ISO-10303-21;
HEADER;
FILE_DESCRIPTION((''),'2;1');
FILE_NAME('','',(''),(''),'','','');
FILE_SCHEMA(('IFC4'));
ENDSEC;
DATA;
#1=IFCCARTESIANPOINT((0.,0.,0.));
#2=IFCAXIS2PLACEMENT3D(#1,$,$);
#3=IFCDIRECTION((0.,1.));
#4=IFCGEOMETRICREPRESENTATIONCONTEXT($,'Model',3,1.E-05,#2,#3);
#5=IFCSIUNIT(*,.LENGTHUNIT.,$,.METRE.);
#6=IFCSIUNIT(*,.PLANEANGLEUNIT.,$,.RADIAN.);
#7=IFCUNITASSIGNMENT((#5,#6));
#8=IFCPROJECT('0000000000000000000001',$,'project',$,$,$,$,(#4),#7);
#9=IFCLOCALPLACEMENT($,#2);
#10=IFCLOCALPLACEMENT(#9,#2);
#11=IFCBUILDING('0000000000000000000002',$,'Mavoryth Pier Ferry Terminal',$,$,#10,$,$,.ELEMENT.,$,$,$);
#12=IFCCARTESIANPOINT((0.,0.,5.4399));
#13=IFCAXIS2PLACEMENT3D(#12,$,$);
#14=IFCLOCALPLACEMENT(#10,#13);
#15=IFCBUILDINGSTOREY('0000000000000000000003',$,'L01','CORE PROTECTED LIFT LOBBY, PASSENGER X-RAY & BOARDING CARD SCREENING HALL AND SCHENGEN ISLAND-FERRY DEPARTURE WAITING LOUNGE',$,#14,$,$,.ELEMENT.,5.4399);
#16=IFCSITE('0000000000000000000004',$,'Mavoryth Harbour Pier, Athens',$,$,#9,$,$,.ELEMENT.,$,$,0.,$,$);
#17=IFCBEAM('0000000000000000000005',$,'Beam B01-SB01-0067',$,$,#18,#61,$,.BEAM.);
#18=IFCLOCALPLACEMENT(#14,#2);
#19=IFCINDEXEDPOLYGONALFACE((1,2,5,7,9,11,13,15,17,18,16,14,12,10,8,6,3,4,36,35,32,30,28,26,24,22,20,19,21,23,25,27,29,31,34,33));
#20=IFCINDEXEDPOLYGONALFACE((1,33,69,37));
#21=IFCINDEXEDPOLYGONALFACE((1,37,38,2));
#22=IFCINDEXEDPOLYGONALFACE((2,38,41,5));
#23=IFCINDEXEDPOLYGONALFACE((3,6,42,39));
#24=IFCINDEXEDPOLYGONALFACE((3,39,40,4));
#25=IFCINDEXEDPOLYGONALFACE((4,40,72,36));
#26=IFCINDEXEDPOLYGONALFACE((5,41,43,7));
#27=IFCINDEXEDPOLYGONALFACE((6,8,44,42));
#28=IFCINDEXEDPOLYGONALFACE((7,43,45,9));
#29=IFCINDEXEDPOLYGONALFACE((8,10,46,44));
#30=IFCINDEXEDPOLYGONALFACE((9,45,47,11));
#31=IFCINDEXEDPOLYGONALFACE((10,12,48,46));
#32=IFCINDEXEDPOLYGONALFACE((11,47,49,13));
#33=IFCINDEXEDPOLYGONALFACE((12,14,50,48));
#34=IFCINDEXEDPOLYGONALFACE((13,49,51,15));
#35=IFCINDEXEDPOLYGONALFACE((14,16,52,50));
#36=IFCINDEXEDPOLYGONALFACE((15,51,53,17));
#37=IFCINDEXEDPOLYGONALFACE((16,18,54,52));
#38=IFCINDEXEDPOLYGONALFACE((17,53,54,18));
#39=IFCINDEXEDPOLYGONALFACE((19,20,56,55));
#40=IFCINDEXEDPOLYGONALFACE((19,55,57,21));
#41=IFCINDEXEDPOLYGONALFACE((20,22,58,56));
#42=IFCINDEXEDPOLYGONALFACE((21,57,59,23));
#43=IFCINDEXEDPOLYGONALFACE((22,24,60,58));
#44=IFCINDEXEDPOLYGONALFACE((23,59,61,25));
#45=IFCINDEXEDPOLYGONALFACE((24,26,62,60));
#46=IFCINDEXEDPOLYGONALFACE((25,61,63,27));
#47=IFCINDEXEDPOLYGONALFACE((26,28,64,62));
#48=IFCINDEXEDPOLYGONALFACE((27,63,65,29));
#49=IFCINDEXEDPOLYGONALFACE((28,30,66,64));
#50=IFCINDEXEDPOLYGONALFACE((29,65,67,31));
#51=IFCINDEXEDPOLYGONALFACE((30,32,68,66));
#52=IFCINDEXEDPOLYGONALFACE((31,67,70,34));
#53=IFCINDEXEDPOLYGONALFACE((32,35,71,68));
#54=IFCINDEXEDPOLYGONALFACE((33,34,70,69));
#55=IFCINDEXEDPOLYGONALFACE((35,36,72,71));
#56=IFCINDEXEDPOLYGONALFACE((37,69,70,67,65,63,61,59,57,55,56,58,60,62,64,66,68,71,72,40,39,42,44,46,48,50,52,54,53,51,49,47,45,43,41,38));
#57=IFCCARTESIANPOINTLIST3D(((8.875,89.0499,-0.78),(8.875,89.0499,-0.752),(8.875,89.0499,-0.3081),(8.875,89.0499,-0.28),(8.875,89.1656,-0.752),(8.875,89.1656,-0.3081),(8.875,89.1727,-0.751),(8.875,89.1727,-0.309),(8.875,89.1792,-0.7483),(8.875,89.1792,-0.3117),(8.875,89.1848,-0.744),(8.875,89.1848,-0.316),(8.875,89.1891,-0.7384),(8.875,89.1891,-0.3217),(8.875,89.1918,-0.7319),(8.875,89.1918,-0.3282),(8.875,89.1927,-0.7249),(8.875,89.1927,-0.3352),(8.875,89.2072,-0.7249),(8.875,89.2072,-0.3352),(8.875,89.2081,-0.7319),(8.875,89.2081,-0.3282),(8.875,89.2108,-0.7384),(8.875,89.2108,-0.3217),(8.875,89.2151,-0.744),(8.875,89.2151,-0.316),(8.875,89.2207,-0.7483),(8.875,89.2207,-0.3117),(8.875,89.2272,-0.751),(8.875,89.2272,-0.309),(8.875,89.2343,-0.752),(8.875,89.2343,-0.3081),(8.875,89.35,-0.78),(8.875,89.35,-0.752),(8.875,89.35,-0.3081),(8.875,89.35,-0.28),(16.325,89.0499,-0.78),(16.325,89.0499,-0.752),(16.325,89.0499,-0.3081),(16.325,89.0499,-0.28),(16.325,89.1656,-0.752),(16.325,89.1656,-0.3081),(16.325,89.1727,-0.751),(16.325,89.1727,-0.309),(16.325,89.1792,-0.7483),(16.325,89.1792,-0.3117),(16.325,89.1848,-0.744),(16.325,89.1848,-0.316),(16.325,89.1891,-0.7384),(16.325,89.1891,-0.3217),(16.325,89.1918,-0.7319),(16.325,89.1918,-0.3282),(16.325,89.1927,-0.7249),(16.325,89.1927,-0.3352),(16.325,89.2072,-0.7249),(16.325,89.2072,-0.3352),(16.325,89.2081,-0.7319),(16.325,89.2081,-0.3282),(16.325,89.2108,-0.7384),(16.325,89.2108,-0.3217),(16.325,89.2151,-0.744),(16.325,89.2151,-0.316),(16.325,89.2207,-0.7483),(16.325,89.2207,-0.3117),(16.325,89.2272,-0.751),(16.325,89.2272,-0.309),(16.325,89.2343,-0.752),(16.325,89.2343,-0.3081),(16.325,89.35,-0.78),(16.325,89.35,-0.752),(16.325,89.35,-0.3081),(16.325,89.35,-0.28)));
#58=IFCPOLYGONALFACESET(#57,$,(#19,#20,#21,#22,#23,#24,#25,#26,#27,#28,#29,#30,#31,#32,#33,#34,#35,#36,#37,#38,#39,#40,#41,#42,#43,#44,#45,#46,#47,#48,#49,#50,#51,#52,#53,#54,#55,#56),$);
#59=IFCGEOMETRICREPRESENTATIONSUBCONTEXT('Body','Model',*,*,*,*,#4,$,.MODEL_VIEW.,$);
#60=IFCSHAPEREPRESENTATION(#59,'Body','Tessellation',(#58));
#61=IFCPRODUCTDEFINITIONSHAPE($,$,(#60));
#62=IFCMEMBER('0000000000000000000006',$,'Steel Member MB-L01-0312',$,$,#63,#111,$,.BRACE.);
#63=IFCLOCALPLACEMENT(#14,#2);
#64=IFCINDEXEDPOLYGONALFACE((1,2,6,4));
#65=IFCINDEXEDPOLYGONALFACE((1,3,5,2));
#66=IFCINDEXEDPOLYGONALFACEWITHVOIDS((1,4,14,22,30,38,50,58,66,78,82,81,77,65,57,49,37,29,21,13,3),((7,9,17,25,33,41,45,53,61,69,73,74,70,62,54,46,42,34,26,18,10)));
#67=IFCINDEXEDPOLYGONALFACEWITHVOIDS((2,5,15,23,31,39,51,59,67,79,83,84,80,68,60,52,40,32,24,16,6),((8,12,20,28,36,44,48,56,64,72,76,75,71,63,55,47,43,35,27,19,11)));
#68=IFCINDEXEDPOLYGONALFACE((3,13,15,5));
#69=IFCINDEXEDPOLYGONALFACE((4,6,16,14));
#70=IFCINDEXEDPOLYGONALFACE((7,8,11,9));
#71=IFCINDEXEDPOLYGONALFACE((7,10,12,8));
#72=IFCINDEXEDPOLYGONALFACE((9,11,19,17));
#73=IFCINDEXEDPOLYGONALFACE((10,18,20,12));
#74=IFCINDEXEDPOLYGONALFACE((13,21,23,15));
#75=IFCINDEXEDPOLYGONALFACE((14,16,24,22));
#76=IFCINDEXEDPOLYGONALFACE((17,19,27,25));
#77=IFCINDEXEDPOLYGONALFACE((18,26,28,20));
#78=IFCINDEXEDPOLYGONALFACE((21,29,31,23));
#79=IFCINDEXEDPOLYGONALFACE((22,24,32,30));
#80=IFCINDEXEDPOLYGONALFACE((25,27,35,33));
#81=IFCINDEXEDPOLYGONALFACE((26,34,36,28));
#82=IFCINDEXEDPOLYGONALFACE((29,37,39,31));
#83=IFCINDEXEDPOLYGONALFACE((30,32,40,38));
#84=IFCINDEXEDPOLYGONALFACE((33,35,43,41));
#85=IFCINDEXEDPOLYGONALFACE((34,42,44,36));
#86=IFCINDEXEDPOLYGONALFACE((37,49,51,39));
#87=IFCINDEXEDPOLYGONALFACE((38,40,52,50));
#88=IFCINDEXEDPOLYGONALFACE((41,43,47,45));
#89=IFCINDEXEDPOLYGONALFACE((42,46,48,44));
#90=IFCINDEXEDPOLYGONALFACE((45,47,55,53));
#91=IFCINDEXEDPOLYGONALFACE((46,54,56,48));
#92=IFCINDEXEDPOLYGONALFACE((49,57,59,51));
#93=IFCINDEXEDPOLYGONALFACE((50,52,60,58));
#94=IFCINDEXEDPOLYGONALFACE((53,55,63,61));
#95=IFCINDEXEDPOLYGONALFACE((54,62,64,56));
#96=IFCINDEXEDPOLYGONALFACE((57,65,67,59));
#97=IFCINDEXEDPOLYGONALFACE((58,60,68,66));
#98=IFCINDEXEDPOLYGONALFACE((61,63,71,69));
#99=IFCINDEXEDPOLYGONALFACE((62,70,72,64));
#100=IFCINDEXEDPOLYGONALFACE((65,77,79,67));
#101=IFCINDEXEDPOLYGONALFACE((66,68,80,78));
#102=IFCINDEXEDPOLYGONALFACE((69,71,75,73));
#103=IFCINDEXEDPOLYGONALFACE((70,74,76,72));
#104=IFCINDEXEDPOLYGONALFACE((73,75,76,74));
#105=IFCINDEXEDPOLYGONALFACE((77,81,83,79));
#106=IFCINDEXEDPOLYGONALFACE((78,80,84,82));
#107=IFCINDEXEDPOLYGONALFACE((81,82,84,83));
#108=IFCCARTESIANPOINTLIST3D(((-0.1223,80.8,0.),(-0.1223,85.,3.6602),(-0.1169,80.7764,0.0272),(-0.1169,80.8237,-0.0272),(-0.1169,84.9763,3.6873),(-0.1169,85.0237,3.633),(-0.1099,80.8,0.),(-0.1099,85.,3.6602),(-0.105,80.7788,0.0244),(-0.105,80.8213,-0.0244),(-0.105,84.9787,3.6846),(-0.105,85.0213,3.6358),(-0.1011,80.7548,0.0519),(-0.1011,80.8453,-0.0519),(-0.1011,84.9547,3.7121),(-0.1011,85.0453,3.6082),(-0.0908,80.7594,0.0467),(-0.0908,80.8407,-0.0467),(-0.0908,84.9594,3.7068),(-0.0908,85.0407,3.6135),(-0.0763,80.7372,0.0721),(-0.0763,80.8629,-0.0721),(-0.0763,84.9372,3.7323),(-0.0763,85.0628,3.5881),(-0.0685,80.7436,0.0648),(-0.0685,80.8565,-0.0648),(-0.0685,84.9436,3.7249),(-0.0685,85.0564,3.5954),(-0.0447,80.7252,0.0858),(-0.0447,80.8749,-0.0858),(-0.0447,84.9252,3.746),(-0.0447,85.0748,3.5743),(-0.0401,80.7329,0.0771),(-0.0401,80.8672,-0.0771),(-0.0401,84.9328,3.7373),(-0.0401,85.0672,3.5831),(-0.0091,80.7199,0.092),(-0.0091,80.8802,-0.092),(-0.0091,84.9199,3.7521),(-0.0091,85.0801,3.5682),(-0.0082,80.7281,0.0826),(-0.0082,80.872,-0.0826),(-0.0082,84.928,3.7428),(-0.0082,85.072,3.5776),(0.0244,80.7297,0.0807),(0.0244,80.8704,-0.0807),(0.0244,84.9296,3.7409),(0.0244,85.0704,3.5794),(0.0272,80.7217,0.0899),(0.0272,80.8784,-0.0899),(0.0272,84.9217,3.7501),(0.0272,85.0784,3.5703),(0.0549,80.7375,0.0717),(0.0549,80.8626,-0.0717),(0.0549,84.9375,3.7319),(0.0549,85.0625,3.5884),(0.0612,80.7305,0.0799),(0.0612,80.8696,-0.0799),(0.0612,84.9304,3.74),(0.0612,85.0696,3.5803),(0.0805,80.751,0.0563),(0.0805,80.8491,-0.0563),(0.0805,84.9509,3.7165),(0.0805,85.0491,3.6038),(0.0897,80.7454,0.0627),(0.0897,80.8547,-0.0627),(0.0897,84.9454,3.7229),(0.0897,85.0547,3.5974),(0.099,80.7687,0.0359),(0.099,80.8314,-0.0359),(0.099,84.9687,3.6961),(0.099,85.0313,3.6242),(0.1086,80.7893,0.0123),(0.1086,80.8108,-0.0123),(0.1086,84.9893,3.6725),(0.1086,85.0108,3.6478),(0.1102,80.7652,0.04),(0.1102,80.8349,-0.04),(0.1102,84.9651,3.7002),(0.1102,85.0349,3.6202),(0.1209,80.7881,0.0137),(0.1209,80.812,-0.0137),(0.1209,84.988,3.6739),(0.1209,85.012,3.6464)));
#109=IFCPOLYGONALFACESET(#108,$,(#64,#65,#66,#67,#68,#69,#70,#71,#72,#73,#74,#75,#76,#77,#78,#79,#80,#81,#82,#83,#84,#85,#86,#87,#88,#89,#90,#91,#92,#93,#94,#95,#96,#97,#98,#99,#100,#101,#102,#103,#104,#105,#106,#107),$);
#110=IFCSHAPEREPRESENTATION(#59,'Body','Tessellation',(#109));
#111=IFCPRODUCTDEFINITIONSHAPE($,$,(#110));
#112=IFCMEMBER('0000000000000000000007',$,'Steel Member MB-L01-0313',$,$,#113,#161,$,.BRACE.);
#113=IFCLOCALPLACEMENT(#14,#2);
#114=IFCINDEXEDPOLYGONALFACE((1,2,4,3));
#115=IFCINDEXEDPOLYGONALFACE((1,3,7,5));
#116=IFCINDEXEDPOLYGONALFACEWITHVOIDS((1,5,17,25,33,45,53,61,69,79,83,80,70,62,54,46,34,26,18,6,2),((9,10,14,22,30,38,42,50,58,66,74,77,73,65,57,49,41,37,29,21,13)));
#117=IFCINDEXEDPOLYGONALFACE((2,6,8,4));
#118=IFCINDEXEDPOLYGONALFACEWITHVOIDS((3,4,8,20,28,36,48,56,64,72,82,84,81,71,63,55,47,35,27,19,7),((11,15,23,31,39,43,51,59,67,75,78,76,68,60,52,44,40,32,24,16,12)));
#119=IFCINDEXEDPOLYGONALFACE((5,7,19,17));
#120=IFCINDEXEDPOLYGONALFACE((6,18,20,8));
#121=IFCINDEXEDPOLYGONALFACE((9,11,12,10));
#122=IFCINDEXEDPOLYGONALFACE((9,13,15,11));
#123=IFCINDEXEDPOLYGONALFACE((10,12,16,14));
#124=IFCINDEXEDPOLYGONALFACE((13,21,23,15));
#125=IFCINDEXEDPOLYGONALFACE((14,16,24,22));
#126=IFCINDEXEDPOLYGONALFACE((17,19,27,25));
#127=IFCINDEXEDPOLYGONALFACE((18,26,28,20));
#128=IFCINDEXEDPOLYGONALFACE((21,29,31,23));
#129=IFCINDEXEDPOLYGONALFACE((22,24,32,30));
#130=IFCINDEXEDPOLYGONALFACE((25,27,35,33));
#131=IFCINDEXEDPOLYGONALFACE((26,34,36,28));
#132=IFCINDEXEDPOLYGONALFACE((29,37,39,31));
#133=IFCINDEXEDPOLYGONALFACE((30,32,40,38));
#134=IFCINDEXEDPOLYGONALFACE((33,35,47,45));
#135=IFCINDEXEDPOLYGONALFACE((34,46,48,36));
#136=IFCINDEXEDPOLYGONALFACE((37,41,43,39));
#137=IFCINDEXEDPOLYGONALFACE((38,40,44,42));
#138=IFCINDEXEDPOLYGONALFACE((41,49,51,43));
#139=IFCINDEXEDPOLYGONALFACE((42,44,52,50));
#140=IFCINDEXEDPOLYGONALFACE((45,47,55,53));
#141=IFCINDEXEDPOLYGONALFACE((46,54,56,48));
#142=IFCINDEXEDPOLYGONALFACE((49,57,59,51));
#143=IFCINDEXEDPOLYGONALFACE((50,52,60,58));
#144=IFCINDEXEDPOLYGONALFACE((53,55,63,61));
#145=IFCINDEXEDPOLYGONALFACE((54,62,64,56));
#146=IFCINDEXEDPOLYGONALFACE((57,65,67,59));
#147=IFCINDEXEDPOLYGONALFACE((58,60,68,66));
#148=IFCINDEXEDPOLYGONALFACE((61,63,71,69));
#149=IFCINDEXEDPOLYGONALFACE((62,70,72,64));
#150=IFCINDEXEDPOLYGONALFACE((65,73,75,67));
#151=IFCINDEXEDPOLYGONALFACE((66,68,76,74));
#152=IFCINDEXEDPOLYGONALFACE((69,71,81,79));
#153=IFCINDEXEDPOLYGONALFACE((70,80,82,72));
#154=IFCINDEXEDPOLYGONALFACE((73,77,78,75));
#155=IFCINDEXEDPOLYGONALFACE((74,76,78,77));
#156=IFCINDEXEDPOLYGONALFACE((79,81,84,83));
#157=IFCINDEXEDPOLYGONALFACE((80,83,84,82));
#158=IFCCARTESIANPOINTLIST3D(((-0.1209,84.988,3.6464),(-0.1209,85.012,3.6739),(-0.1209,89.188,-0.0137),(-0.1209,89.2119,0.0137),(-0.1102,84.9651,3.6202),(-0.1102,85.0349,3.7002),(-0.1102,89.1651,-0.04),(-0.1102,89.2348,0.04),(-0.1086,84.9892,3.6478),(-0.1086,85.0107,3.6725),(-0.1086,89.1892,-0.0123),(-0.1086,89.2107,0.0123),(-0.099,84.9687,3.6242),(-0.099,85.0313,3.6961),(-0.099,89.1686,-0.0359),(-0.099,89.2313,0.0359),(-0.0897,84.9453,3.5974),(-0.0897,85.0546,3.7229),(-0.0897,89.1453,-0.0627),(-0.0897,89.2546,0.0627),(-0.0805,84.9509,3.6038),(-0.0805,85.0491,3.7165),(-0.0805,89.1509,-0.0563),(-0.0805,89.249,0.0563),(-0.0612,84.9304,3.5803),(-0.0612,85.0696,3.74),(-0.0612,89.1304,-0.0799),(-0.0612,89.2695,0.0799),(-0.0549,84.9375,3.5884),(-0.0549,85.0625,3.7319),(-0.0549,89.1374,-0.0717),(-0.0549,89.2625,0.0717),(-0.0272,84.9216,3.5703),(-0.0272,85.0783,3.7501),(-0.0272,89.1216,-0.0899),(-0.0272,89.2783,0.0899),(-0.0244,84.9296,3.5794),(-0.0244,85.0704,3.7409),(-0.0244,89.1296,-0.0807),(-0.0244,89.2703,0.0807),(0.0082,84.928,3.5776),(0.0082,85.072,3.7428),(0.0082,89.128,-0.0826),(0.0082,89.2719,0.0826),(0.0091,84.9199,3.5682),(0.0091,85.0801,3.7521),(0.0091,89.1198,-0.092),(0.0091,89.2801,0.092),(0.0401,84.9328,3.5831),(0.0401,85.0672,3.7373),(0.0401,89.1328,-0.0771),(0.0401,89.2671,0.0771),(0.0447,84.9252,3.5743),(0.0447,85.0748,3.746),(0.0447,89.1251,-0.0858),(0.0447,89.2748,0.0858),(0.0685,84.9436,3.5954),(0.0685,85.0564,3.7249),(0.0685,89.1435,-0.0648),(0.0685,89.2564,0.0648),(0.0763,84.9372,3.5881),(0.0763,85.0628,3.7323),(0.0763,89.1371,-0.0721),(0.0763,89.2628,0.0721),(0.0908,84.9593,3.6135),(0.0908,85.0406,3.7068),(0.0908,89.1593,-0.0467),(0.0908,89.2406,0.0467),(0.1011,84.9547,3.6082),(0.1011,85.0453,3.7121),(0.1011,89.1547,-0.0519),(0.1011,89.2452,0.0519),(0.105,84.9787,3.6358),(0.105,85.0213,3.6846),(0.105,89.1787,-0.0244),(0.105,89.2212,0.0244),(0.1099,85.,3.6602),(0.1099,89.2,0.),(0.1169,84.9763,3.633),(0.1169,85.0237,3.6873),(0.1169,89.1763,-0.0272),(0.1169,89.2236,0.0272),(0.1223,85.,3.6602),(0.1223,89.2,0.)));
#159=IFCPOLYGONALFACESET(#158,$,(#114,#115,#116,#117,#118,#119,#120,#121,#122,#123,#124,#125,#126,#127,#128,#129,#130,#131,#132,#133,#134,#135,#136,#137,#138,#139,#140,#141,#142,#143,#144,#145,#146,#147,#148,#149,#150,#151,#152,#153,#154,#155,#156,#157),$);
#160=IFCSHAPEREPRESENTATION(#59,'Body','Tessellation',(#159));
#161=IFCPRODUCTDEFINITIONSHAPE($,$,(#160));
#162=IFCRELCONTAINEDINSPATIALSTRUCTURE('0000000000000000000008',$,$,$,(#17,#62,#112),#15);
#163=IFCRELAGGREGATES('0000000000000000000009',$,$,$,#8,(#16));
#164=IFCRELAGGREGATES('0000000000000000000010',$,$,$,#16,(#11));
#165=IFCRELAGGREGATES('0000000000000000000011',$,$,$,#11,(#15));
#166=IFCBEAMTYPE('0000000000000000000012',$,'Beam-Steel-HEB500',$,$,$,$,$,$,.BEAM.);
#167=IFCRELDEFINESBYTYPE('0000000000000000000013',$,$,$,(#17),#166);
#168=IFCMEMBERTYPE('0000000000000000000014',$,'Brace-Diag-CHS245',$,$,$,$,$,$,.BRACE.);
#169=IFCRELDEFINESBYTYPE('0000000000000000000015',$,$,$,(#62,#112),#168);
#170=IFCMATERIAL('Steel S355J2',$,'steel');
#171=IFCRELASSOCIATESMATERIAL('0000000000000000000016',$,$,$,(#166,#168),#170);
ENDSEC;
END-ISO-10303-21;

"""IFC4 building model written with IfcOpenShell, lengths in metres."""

from ifc_helpers import new_model, si_unit, direction, frame, origin, origin_2d, place, context, subcontext, project, spatial, hollow_circle, i_section, extrude, material, material_profile, profile_set, type_object, element, save


model = new_model("IFC4")

# Units and contexts
model_context = context("Model", 3, precision=1e-05, world=origin(), true_north=direction((0.0, 1.0)))
body_context = subcontext(model_context, "Body", "Model", "MODEL_VIEW")
ifc_project = project(units=[si_unit("LENGTHUNIT", "METRE"), si_unit("PLANEANGLEUNIT", "RADIAN")], contexts=[model_context])

# Site, building, storey
site_placement = place(None, origin())
site = spatial("IfcSite", under=ifc_project, at=site_placement, Name="Mavoryth Harbour Pier, Athens", CompositionType="ELEMENT", RefElevation=0.0)
building_placement = place(site_placement, origin())
building = spatial("IfcBuilding", under=site, at=building_placement, Name="Mavoryth Pier Ferry Terminal", CompositionType="ELEMENT")
storey_placement = place(building_placement, frame((0.0, 0.0, 5.4399)))
storey = spatial("IfcBuildingStorey", under=building, at=storey_placement, Name="L01", Description="CORE PROTECTED LIFT LOBBY, PASSENGER X-RAY & BOARDING CARD SCREENING HALL AND SCHENGEN ISLAND-FERRY DEPARTURE WAITING LOUNGE", CompositionType="ELEMENT", Elevation=5.4399)

# Beam
ifc_material_1 = material(Name="Steel S355J2", Category="steel")
ifc_material_profile_1 = material_profile(ifc_material_1, i_section(OverallWidth=0.3, OverallDepth=0.5, WebThickness=0.0144, FlangeThickness=0.0281, FilletRadius=0.0271, at=origin_2d()), Name="HEB 500", Category="steel")
ifc_profile_set_1 = profile_set([ifc_material_profile_1], Name="Steel S355J2 - HEB 500")
beam_type_1 = type_object("IfcBeamType", Name="Beam-Steel-HEB500", PredefinedType="BEAM", material=ifc_profile_set_1)
beam_1_placement = place(storey_placement, frame((8.875, 89.2, -0.53), z_axis=(1.0, 0.0, 0.0), x_axis=(0.0, 1.0, 0.0)))
element("IfcBeam", 1, at=beam_1_placement, inside=storey, type_object=beam_type_1, Name="Beam B01-SB01-0067", PredefinedType="BEAM", context=body_context, shape_type="SweptSolid", body=[
    extrude(i_section(OverallWidth=0.3, OverallDepth=0.5, WebThickness=0.0144, FlangeThickness=0.0281, FilletRadius=0.0271, at=origin_2d()), origin(), (0.0, 0.0, 1.0), 7.45),
])

# Members
ifc_material_profile_2 = material_profile(ifc_material_1, hollow_circle(Radius=0.1223, WallThickness=0.0125, at=origin_2d()), Name="CHS 244.5x12.5", Category="steel")
ifc_profile_set_2 = profile_set([ifc_material_profile_2], Name="Steel S355J2 - CHS 244.5x12.5")
member_type_1 = type_object("IfcMemberType", Name="Brace-Diag-CHS245", PredefinedType="BRACE", material=ifc_profile_set_2)
for number, where, z_axis, x_axis, name in (
    (2, (0.0, 80.8, 0.0), (0.0, 0.753892, 0.656999), (-1.0, 0.0, 0.0), "Steel Member MB-L01-0312"),
    (3, (0.0, 89.2, 0.0), (0.0, -0.753892, 0.656999), (1.0, 0.0, 0.0), "Steel Member MB-L01-0313"),
):
    element("IfcMember", number, at=place(storey_placement, frame(where, z_axis=z_axis, x_axis=x_axis)), inside=storey, type_object=member_type_1, Name=name, PredefinedType="BRACE", context=body_context, shape_type="SweptSolid", body=[
        extrude(hollow_circle(Radius=0.1223, WallThickness=0.0125, at=origin_2d()), origin(), (0.0, 0.0, 1.0), 5.571),
    ])

save(model, "model.ifc")
